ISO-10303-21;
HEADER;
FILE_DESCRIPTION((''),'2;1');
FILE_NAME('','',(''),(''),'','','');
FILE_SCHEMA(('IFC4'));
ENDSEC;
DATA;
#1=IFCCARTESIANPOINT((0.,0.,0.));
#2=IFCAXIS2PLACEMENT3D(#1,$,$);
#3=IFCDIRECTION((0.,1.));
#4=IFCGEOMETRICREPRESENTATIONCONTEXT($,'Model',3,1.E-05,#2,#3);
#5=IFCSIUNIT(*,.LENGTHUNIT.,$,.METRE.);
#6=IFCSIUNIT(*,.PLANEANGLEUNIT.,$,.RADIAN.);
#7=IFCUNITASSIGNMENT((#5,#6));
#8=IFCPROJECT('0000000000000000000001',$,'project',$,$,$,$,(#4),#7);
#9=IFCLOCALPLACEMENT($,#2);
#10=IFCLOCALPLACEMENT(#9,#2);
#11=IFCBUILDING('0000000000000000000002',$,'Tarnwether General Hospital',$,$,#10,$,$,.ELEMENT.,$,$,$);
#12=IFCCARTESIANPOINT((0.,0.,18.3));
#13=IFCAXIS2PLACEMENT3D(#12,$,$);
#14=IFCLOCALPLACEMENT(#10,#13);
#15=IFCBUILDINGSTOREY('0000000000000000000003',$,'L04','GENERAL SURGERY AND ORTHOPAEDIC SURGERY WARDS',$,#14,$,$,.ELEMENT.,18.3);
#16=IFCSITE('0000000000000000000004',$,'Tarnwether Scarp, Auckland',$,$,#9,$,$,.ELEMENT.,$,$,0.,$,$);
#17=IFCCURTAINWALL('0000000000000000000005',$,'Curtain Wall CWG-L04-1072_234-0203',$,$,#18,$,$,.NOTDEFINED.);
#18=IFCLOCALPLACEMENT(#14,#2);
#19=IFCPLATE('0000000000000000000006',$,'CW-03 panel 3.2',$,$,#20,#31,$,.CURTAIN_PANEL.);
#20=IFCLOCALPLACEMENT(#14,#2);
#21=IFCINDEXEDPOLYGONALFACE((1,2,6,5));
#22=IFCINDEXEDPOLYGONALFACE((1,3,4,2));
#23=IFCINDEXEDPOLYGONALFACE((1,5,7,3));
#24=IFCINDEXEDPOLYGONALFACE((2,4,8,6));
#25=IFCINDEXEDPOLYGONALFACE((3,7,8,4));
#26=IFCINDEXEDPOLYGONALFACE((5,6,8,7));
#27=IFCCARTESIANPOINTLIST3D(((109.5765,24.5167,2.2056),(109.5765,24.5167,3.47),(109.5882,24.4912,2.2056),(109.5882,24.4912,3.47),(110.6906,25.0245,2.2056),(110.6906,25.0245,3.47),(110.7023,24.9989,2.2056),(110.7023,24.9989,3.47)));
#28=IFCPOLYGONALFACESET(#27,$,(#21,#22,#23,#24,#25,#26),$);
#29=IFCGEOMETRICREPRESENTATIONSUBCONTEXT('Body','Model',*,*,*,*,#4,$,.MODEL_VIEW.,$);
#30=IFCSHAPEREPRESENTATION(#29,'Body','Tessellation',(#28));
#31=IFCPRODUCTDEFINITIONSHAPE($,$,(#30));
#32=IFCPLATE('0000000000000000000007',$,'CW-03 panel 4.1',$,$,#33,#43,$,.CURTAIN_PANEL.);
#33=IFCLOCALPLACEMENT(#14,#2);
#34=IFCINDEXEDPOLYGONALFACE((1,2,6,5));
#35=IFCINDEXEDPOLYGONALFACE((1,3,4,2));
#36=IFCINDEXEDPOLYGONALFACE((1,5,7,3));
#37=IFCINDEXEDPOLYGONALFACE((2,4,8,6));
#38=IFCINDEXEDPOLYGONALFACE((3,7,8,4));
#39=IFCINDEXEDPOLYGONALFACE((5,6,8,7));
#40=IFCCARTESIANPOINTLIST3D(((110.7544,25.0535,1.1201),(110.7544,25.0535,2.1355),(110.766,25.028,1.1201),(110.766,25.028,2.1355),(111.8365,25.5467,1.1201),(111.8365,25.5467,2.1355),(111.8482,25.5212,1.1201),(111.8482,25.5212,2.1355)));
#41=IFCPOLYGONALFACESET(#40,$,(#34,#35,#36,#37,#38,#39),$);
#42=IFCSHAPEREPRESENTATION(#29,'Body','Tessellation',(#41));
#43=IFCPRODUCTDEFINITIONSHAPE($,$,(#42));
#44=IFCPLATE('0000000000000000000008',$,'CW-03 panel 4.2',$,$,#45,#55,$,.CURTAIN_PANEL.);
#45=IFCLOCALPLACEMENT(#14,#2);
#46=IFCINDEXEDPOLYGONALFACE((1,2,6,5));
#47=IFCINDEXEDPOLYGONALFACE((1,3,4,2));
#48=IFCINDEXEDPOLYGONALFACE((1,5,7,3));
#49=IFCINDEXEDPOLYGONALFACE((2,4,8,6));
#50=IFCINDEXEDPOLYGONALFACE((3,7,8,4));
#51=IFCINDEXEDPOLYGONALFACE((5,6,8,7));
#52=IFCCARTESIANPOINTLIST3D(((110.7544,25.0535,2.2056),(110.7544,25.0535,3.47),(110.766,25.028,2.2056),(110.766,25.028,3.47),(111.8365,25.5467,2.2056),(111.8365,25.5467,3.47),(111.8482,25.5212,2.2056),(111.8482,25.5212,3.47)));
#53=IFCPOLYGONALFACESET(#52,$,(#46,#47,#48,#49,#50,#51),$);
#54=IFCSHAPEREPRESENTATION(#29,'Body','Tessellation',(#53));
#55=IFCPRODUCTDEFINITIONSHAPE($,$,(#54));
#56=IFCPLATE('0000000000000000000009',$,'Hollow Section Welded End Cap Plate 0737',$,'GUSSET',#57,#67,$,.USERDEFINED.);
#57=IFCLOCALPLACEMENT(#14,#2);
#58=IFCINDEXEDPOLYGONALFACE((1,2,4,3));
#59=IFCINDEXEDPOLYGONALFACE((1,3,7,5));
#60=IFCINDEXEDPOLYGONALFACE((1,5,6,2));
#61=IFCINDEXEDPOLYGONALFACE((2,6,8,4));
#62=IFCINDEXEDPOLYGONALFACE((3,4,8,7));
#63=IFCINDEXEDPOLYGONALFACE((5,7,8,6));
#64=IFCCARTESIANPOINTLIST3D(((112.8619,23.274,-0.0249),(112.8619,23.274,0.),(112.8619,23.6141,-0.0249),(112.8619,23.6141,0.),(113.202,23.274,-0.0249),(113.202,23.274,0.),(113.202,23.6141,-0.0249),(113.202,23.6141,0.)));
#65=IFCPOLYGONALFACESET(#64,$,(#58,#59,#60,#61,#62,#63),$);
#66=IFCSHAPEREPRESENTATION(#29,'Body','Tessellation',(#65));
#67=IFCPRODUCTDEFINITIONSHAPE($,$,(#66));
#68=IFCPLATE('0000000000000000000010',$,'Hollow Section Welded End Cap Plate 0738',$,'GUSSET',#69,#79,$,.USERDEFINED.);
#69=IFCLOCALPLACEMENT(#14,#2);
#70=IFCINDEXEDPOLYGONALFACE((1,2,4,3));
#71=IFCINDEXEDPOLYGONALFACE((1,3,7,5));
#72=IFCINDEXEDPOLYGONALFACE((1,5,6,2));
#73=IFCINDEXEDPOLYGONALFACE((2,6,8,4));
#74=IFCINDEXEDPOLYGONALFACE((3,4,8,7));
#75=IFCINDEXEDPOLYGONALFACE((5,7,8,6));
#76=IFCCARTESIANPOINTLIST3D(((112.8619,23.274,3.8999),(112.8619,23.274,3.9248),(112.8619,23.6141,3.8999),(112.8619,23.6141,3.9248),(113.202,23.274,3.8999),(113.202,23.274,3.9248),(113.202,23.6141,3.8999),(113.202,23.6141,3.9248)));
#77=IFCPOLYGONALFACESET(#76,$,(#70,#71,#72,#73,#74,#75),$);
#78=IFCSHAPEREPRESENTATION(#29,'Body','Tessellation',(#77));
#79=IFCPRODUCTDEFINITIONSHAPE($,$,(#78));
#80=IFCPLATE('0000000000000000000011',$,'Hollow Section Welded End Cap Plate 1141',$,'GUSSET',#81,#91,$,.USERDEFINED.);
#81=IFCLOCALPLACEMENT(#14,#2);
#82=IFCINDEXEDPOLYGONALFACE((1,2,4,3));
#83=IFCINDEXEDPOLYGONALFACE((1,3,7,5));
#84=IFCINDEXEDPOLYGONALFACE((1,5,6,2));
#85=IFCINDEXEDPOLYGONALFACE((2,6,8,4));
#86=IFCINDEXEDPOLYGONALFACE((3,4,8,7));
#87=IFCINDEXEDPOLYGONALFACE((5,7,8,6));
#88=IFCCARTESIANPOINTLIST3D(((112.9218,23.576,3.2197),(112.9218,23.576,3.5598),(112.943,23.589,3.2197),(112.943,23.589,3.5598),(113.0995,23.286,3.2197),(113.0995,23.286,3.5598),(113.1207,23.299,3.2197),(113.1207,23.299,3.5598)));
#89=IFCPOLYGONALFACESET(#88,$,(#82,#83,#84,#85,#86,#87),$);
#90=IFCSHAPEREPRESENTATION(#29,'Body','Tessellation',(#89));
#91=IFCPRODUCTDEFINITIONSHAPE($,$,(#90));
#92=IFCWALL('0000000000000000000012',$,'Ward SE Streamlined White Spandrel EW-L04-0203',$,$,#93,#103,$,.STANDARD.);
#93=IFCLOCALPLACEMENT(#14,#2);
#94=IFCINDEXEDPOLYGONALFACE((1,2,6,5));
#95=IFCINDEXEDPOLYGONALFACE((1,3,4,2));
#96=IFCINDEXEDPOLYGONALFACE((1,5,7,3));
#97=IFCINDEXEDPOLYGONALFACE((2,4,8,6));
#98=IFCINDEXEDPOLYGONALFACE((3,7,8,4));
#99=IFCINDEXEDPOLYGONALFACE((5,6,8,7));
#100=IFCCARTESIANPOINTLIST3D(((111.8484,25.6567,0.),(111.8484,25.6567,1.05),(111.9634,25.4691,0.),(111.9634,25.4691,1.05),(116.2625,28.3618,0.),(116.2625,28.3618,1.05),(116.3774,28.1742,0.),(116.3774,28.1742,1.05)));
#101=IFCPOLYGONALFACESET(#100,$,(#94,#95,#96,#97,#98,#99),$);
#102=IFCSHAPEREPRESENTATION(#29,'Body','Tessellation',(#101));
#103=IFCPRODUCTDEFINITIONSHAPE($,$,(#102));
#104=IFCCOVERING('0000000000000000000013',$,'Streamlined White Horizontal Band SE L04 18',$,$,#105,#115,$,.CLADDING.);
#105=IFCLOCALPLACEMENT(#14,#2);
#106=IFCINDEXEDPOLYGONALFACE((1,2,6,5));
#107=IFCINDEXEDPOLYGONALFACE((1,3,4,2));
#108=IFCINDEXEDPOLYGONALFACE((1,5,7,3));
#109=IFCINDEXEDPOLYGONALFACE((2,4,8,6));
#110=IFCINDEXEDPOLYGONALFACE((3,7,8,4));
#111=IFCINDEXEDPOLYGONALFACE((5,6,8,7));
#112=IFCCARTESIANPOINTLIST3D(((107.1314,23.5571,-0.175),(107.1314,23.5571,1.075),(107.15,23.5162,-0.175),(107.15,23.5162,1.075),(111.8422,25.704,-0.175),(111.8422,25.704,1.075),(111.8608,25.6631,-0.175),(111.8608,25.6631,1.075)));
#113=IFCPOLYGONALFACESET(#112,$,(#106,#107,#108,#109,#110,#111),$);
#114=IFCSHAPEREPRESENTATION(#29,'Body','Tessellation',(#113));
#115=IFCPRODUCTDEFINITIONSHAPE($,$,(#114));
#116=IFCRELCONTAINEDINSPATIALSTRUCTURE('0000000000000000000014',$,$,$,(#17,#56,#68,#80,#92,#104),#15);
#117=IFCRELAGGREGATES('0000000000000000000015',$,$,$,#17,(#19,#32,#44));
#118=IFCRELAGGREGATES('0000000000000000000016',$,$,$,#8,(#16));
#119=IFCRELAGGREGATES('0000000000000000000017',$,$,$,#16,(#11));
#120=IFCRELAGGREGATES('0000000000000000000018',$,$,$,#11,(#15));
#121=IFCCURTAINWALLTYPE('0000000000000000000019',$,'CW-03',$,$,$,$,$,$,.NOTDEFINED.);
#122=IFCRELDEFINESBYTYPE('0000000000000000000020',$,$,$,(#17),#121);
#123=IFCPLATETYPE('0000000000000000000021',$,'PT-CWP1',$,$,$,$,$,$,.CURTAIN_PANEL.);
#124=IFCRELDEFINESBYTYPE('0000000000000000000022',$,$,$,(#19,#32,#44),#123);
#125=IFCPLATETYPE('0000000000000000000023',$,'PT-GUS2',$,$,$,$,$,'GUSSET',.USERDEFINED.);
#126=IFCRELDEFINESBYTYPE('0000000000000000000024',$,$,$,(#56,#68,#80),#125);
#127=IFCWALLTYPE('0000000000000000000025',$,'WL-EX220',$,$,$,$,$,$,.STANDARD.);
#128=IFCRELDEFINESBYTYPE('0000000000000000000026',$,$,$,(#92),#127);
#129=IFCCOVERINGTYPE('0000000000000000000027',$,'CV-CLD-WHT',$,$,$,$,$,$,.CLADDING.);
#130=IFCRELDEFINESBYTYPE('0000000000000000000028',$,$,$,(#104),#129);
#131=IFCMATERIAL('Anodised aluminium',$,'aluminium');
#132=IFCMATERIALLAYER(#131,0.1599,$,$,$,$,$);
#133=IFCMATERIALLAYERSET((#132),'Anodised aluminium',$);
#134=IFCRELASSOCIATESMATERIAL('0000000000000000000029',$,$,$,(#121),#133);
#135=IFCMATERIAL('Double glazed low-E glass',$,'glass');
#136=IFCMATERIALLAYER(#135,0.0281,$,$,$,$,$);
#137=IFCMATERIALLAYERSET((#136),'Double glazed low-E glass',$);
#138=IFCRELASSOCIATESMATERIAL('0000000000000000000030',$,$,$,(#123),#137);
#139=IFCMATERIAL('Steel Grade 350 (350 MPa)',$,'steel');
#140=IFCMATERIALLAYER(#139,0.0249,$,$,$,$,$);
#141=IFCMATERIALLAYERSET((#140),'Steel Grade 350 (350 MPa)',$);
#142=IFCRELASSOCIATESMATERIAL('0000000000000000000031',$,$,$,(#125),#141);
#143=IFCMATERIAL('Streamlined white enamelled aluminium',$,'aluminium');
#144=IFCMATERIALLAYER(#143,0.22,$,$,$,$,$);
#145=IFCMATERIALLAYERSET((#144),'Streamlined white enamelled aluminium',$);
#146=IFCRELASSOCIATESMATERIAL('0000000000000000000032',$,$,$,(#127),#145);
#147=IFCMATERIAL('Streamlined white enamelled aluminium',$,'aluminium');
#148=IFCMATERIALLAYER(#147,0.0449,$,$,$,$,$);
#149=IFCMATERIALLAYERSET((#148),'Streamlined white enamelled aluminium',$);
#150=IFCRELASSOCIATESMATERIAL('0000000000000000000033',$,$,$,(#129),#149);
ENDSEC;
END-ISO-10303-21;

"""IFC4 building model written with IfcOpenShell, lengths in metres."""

from ifc_helpers import new_model, si_unit, direction, frame, frame_2d, origin, origin_2d, place, context, subcontext, project, spatial, rectangle, extrude, material, layer, layer_set, type_object, element, aggregate, save


model = new_model("IFC4")

# Units and contexts
model_context = context("Model", 3, precision=1e-05, world=origin(), true_north=direction((0.0, 1.0)))
body_context = subcontext(model_context, "Body", "Model", "MODEL_VIEW")
ifc_project = project(units=[si_unit("LENGTHUNIT", "METRE"), si_unit("PLANEANGLEUNIT", "RADIAN")], contexts=[model_context])

# Site, building, storey
site_placement = place(None, origin())
site = spatial("IfcSite", under=ifc_project, at=site_placement, Name="Tarnwether Scarp, Auckland", CompositionType="ELEMENT", RefElevation=0.0)
building_placement = place(site_placement, origin())
building = spatial("IfcBuilding", under=site, at=building_placement, Name="Tarnwether General Hospital", CompositionType="ELEMENT")
storey_placement = place(building_placement, frame((0.0, 0.0, 18.3)))
storey = spatial("IfcBuildingStorey", under=building, at=storey_placement, Name="L04", Description="GENERAL SURGERY AND ORTHOPAEDIC SURGERY WARDS", CompositionType="ELEMENT", Elevation=18.3)

# Curtain wall
ifc_material_1 = material(Name="Anodised aluminium", Category="aluminium")
ifc_layer_1 = layer(ifc_material_1, 0.1599)
ifc_layer_set_1 = layer_set([ifc_layer_1], Name="Anodised aluminium")
curtain_wall_type = type_object("IfcCurtainWallType", Name="CW-03", PredefinedType="NOTDEFINED", material=ifc_layer_set_1)
curtain_wall_1_placement = place(storey_placement, origin())
curtain_wall_1 = element("IfcCurtainWall", 1, at=curtain_wall_1_placement, inside=storey, type_object=curtain_wall_type, Name="Curtain Wall CWG-L04-1072_234-0203", PredefinedType="NOTDEFINED")

# Plates
ifc_material_2 = material(Name="Double glazed low-E glass", Category="glass")
ifc_layer_2 = layer(ifc_material_2, 0.0281)
ifc_layer_set_2 = layer_set([ifc_layer_2], Name="Double glazed low-E glass")
plate_type_1 = type_object("IfcPlateType", Name="PT-CWP1", PredefinedType="CURTAIN_PANEL", material=ifc_layer_set_2)
plate_1_placement = place(storey_placement, frame((110.1394, 24.7578, 2.2056), z_axis=(0.0, 0.0, 1.0), x_axis=(0.909956, 0.414705, 0.0)))
plate_1 = element("IfcPlate", 2, at=plate_1_placement, type_object=plate_type_1, Name="CW-03 panel 3.2", PredefinedType="CURTAIN_PANEL", context=body_context, shape_type="SweptSolid", body=[
    extrude(rectangle(XDim=1.2244, YDim=0.0281, at=origin_2d()), origin(), (0.0, 0.0, 1.0), 1.2644),
])
plate_2_placement = place(storey_placement, frame((111.3013, 25.2874, 1.1201), z_axis=(0.0, 0.0, 1.0), x_axis=(0.909956, 0.414705, 0.0)))
plate_2 = element("IfcPlate", 3, at=plate_2_placement, type_object=plate_type_1, Name="CW-03 panel 4.1", PredefinedType="CURTAIN_PANEL", context=body_context, shape_type="SweptSolid", body=[
    extrude(rectangle(XDim=1.1892, YDim=0.0281, at=origin_2d()), origin(), (0.0, 0.0, 1.0), 1.0154),
])
plate_3_placement = place(storey_placement, frame((111.3013, 25.2874, 2.2056), z_axis=(0.0, 0.0, 1.0), x_axis=(0.909956, 0.414705, 0.0)))
plate_3 = element("IfcPlate", 4, at=plate_3_placement, type_object=plate_type_1, Name="CW-03 panel 4.2", PredefinedType="CURTAIN_PANEL", context=body_context, shape_type="SweptSolid", body=[
    extrude(rectangle(XDim=1.1892, YDim=0.0281, at=origin_2d()), origin(), (0.0, 0.0, 1.0), 1.2644),
])
aggregate(curtain_wall_1, [plate_1, plate_2, plate_3])

# Plates
ifc_material_3 = material(Name="Steel Grade 350 (350 MPa)", Category="steel")
ifc_layer_3 = layer(ifc_material_3, 0.0249)
ifc_layer_set_3 = layer_set([ifc_layer_3], Name="Steel Grade 350 (350 MPa)")
plate_type_2 = type_object("IfcPlateType", Name="PT-GUS2", ElementType="GUSSET", PredefinedType="USERDEFINED", material=ifc_layer_set_3)
for number, where, z_axis, x_axis, name in (
    (5, (113.032, 23.4441, -0.0249), (0.0, 0.0, 1.0), (1.0, 0.0, 0.0), "Hollow Section Welded End Cap Plate 0737"),
    (6, (113.032, 23.4441, 3.8999), (0.0, 0.0, 1.0), (1.0, 0.0, 0.0), "Hollow Section Welded End Cap Plate 0738"),
):
    element("IfcPlate", number, at=place(storey_placement, frame(where, z_axis=z_axis, x_axis=x_axis)), inside=storey, type_object=plate_type_2, Name=name, ObjectType="GUSSET", PredefinedType="USERDEFINED", context=body_context, shape_type="SweptSolid", body=[
        extrude(rectangle(XDim=0.3401, YDim=0.3401, at=origin_2d()), origin(), (0.0, 0.0, 1.0), 0.0249),
    ])
plate_4_placement = place(storey_placement, frame((113.0212, 23.4375, 3.2197), z_axis=(0.0, 0.0, 1.0), x_axis=(0.852649, 0.522484, 0.0)))
element("IfcPlate", 7, at=plate_4_placement, inside=storey, type_object=plate_type_2, Name="Hollow Section Welded End Cap Plate 1141", ObjectType="GUSSET", PredefinedType="USERDEFINED", context=body_context, shape_type="SweptSolid", body=[
    extrude(rectangle(XDim=0.0249, YDim=0.3401, at=origin_2d()), origin(), (0.0, 0.0, 1.0), 0.3401),
])

# Wall
ifc_material_4 = material(Name="Streamlined white enamelled aluminium", Category="aluminium")
ifc_layer_4 = layer(ifc_material_4, 0.22)
ifc_layer_set_4 = layer_set([ifc_layer_4], Name="Streamlined white enamelled aluminium")
wall_type = type_object("IfcWallType", Name="WL-EX220", PredefinedType="STANDARD", material=ifc_layer_set_4)
wall_placement = place(storey_placement, frame((111.906, 25.563, 0.0), z_axis=(0.0, 0.0, 1.0), x_axis=(0.852628, 0.522518, 0.0)))
element("IfcWall", 8, at=wall_placement, inside=storey, type_object=wall_type, Name="Ward SE Streamlined White Spandrel EW-L04-0203", PredefinedType="STANDARD", context=body_context, shape_type="SweptSolid", body=[
    extrude(rectangle(XDim=5.177, YDim=0.22, at=frame_2d((2.5884, 0.0))), origin(), (0.0, 0.0, 1.0), 1.05),
])

# Covering
ifc_material_5 = material(Name="Streamlined white enamelled aluminium", Category="aluminium")
ifc_layer_5 = layer(ifc_material_5, 0.0449)
ifc_layer_set_5 = layer_set([ifc_layer_5], Name="Streamlined white enamelled aluminium")
covering_type = type_object("IfcCoveringType", Name="CV-CLD-WHT", PredefinedType="CLADDING", material=ifc_layer_set_5)
covering_placement = place(storey_placement, frame((109.4961, 24.6101, -0.175), z_axis=(0.0, 0.0, 1.0), x_axis=(0.909954, 0.414709, 0.0)))
element("IfcCovering", 9, at=covering_placement, inside=storey, type_object=covering_type, Name="Streamlined White Horizontal Band SE L04 18", PredefinedType="CLADDING", context=body_context, shape_type="SweptSolid", body=[
    extrude(rectangle(XDim=5.177, YDim=0.0449, at=origin_2d()), origin(), (0.0, 0.0, 1.0), 1.25),
])

save(model, "model.ifc")
